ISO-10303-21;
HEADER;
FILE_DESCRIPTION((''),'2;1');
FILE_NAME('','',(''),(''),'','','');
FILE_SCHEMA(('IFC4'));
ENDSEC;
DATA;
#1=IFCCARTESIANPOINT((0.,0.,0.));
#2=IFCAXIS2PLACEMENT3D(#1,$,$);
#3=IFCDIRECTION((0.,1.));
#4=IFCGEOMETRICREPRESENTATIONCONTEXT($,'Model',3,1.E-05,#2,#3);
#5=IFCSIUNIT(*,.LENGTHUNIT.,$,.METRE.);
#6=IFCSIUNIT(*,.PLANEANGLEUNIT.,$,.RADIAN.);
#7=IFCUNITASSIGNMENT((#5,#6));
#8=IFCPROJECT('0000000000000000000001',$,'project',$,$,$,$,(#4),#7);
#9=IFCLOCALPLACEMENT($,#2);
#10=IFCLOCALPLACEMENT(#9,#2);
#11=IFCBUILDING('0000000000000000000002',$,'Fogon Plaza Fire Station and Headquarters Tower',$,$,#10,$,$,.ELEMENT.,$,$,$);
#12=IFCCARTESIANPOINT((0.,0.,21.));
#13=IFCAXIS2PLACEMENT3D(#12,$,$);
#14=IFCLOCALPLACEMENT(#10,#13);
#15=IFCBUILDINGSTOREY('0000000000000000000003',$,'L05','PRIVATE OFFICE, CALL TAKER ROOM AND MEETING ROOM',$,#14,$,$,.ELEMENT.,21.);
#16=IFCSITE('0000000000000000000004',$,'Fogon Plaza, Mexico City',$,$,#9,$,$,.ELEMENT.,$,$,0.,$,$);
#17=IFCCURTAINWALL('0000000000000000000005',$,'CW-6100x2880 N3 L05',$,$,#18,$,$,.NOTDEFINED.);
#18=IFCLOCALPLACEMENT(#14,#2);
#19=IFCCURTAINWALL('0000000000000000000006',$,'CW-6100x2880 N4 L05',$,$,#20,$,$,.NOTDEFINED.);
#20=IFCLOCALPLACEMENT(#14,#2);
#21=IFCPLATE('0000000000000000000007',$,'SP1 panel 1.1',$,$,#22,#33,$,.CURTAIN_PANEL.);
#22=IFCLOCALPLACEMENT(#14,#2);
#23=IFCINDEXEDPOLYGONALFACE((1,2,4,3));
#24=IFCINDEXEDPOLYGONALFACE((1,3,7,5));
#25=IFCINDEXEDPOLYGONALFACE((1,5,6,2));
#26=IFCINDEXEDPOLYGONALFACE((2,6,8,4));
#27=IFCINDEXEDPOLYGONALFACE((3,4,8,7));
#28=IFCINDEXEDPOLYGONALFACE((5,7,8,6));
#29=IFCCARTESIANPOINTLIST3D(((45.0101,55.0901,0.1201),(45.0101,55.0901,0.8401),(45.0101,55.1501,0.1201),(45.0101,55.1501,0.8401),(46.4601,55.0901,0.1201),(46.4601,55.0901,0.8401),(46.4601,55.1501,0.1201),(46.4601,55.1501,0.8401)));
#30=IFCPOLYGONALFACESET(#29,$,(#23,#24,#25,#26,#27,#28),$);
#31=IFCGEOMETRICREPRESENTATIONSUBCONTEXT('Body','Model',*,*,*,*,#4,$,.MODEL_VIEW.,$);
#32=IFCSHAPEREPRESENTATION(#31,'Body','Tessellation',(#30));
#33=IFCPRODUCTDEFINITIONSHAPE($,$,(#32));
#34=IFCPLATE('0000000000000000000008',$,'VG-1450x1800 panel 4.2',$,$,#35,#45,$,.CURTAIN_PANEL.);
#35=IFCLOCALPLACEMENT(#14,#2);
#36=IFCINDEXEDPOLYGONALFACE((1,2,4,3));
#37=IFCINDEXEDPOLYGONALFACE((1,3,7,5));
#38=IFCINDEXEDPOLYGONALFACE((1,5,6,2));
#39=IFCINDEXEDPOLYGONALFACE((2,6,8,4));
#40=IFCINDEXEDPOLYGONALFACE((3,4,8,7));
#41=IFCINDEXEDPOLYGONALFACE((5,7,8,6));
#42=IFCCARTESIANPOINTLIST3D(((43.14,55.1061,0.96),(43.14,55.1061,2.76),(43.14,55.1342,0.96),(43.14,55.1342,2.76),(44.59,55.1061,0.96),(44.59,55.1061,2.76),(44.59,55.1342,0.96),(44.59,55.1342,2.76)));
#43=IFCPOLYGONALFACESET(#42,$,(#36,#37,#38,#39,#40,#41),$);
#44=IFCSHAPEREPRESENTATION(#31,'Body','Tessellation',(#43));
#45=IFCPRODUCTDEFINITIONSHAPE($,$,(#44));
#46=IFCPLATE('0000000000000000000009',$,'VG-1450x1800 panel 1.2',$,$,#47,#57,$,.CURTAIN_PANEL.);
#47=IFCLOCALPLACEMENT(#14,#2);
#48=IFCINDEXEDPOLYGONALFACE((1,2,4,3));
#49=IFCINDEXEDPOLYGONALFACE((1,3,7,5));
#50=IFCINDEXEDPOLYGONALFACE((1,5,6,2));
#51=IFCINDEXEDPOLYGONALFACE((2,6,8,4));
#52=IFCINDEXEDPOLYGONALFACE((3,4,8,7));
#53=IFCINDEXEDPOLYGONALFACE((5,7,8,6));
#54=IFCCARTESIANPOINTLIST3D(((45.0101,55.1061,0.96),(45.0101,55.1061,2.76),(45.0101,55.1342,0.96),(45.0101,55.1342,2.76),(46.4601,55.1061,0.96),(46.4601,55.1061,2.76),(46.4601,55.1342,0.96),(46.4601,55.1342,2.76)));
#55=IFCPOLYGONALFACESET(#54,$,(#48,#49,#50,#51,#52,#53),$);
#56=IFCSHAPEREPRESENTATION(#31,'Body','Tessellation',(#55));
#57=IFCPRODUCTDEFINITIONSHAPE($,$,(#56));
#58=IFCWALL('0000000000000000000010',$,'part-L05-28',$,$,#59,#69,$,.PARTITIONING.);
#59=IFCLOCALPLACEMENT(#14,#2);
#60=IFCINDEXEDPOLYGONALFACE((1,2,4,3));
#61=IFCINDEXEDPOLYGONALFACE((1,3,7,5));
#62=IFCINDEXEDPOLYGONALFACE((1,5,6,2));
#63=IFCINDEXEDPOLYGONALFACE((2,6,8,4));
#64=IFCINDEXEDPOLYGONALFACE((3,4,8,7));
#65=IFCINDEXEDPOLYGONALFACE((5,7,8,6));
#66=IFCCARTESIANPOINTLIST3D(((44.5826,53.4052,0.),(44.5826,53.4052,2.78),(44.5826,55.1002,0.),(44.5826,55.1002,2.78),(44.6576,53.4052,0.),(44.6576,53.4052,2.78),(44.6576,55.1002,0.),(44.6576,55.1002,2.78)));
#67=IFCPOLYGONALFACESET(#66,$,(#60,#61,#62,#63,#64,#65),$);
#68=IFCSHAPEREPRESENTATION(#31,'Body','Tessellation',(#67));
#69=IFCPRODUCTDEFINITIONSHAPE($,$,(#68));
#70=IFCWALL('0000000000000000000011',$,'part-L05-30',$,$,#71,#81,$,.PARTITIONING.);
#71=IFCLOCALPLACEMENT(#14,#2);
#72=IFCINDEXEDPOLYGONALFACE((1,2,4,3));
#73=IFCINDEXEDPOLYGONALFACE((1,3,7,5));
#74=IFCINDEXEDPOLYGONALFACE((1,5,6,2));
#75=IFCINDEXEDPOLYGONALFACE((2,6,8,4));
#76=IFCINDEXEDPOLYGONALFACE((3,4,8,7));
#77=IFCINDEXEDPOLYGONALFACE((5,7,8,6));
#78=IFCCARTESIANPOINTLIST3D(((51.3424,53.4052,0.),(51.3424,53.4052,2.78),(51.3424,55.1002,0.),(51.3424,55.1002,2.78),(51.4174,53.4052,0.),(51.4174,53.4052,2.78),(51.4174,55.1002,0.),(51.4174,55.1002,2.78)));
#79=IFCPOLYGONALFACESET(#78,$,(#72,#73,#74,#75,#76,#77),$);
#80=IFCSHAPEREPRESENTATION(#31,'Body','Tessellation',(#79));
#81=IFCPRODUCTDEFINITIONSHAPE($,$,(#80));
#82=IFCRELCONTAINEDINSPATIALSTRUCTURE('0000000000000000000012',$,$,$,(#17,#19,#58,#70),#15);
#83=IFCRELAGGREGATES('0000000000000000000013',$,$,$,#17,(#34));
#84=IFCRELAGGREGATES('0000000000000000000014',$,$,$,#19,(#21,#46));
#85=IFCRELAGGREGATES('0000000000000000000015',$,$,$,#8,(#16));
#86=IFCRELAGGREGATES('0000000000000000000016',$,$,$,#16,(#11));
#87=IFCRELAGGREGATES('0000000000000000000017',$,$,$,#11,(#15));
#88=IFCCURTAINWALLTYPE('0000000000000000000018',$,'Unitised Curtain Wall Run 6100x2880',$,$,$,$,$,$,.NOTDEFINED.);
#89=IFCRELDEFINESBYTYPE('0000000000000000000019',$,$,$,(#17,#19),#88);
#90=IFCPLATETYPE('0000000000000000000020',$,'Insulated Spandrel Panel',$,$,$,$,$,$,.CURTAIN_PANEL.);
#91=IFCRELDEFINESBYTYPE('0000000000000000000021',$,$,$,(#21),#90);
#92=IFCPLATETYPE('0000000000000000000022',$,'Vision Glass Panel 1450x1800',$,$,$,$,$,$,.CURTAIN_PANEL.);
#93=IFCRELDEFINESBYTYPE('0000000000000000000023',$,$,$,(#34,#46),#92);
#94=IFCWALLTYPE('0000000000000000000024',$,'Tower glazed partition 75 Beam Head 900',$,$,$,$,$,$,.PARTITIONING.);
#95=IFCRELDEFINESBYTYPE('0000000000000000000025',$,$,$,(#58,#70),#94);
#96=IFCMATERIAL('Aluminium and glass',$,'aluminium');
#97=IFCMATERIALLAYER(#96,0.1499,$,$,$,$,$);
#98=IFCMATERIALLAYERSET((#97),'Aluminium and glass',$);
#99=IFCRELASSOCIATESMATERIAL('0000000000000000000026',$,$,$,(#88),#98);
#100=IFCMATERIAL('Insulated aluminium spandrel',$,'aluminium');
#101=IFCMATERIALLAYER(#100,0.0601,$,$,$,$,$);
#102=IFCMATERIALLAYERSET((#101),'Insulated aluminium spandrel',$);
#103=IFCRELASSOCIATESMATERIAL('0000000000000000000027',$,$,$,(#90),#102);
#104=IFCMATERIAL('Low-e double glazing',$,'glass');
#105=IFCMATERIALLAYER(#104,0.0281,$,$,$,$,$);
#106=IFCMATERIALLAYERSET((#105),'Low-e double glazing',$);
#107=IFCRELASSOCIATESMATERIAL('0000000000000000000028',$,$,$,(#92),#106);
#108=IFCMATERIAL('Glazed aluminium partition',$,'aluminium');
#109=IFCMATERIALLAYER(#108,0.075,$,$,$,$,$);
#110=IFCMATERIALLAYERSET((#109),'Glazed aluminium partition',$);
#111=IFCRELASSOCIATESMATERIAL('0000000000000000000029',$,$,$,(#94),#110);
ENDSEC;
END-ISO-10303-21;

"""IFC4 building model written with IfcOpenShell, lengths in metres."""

from ifc_helpers import new_model, si_unit, direction, frame, frame_2d, origin, origin_2d, place, context, subcontext, project, spatial, rectangle, extrude, material, layer, layer_set, type_object, element, aggregate, save


model = new_model("IFC4")

# Units and contexts
model_context = context("Model", 3, precision=1e-05, world=origin(), true_north=direction((0.0, 1.0)))
body_context = subcontext(model_context, "Body", "Model", "MODEL_VIEW")
ifc_project = project(units=[si_unit("LENGTHUNIT", "METRE"), si_unit("PLANEANGLEUNIT", "RADIAN")], contexts=[model_context])

# Site, building, storey
site_placement = place(None, origin())
site = spatial("IfcSite", under=ifc_project, at=site_placement, Name="Fogon Plaza, Mexico City", CompositionType="ELEMENT", RefElevation=0.0)
building_placement = place(site_placement, origin())
building = spatial("IfcBuilding", under=site, at=building_placement, Name="Fogon Plaza Fire Station and Headquarters Tower", CompositionType="ELEMENT")
storey_placement = place(building_placement, frame((0.0, 0.0, 21.0)))
storey = spatial("IfcBuildingStorey", under=building, at=storey_placement, Name="L05", Description="PRIVATE OFFICE, CALL TAKER ROOM AND MEETING ROOM", CompositionType="ELEMENT", Elevation=21.0)

# Curtain wall
ifc_material_1 = material(Name="Aluminium and glass", Category="aluminium")
ifc_layer_1 = layer(ifc_material_1, 0.1499)
ifc_layer_set_1 = layer_set([ifc_layer_1], Name="Aluminium and glass")
curtain_wall_type = type_object("IfcCurtainWallType", Name="Unitised Curtain Wall Run 6100x2880", PredefinedType="NOTDEFINED", material=ifc_layer_set_1)
curtain_wall_1_placement = place(storey_placement, origin())
curtain_wall_1 = element("IfcCurtainWall", 1, at=curtain_wall_1_placement, inside=storey, type_object=curtain_wall_type, Name="CW-6100x2880 N3 L05", PredefinedType="NOTDEFINED")

# Curtain wall
curtain_wall_2_placement = place(storey_placement, origin())
curtain_wall_2 = element("IfcCurtainWall", 2, at=curtain_wall_2_placement, inside=storey, type_object=curtain_wall_type, Name="CW-6100x2880 N4 L05", PredefinedType="NOTDEFINED")

# Plates
ifc_material_2 = material(Name="Insulated aluminium spandrel", Category="aluminium")
ifc_layer_2 = layer(ifc_material_2, 0.0601)
ifc_layer_set_2 = layer_set([ifc_layer_2], Name="Insulated aluminium spandrel")
plate_type_1 = type_object("IfcPlateType", Name="Insulated Spandrel Panel", PredefinedType="CURTAIN_PANEL", material=ifc_layer_set_2)
plate_1_placement = place(storey_placement, frame((45.7351, 55.1201, 0.1201), z_axis=(0.0, 0.0, 1.0), x_axis=(1.0, 0.0, 0.0)))
plate_1 = element("IfcPlate", 3, at=plate_1_placement, type_object=plate_type_1, Name="SP1 panel 1.1", PredefinedType="CURTAIN_PANEL", context=body_context, shape_type="SweptSolid", body=[
    extrude(rectangle(XDim=1.45, YDim=0.0601, at=origin_2d()), origin(), (0.0, 0.0, 1.0), 0.72),
])
ifc_material_3 = material(Name="Low-e double glazing", Category="glass")
ifc_layer_3 = layer(ifc_material_3, 0.0281)
ifc_layer_set_3 = layer_set([ifc_layer_3], Name="Low-e double glazing")
plate_type_2 = type_object("IfcPlateType", Name="Vision Glass Panel 1450x1800", PredefinedType="CURTAIN_PANEL", material=ifc_layer_set_3)
plate_2_placement = place(storey_placement, frame((43.865, 55.1201, 0.96), z_axis=(0.0, 0.0, 1.0), x_axis=(1.0, 0.0, 0.0)))
plate_2 = element("IfcPlate", 4, at=plate_2_placement, type_object=plate_type_2, Name="VG-1450x1800 panel 4.2", PredefinedType="CURTAIN_PANEL", context=body_context, shape_type="SweptSolid", body=[
    extrude(rectangle(XDim=1.45, YDim=0.0281, at=origin_2d()), origin(), (0.0, 0.0, 1.0), 1.8),
])
aggregate(curtain_wall_1, [plate_2])
plate_3_placement = place(storey_placement, frame((45.7351, 55.1201, 0.96), z_axis=(0.0, 0.0, 1.0), x_axis=(1.0, 0.0, 0.0)))
plate_3 = element("IfcPlate", 5, at=plate_3_placement, type_object=plate_type_2, Name="VG-1450x1800 panel 1.2", PredefinedType="CURTAIN_PANEL", context=body_context, shape_type="SweptSolid", body=[
    extrude(rectangle(XDim=1.45, YDim=0.0281, at=origin_2d()), origin(), (0.0, 0.0, 1.0), 1.8),
])
aggregate(curtain_wall_2, [plate_1, plate_3])

# Walls
ifc_material_4 = material(Name="Glazed aluminium partition", Category="aluminium")
ifc_layer_4 = layer(ifc_material_4, 0.075)
ifc_layer_set_4 = layer_set([ifc_layer_4], Name="Glazed aluminium partition")
wall_type = type_object("IfcWallType", Name="Tower glazed partition 75 Beam Head 900", PredefinedType="PARTITIONING", material=ifc_layer_set_4)
for number, where, z_axis, x_axis, name in (
    (6, (44.6201, 53.405, 0.0), (0.0, 0.0, 1.0), (0.0, 1.0, 0.0), "part-L05-28"),
    (7, (51.3799, 53.405, 0.0), (0.0, 0.0, 1.0), (0.0, 1.0, 0.0), "part-L05-30"),
):
    element("IfcWall", number, at=place(storey_placement, frame(where, z_axis=z_axis, x_axis=x_axis)), inside=storey, type_object=wall_type, Name=name, PredefinedType="PARTITIONING", context=body_context, shape_type="SweptSolid", body=[
        extrude(rectangle(XDim=1.6951, YDim=0.075, at=frame_2d((0.8477, 0.0))), origin(), (0.0, 0.0, 1.0), 2.78),
    ])

save(model, "model.ifc")
